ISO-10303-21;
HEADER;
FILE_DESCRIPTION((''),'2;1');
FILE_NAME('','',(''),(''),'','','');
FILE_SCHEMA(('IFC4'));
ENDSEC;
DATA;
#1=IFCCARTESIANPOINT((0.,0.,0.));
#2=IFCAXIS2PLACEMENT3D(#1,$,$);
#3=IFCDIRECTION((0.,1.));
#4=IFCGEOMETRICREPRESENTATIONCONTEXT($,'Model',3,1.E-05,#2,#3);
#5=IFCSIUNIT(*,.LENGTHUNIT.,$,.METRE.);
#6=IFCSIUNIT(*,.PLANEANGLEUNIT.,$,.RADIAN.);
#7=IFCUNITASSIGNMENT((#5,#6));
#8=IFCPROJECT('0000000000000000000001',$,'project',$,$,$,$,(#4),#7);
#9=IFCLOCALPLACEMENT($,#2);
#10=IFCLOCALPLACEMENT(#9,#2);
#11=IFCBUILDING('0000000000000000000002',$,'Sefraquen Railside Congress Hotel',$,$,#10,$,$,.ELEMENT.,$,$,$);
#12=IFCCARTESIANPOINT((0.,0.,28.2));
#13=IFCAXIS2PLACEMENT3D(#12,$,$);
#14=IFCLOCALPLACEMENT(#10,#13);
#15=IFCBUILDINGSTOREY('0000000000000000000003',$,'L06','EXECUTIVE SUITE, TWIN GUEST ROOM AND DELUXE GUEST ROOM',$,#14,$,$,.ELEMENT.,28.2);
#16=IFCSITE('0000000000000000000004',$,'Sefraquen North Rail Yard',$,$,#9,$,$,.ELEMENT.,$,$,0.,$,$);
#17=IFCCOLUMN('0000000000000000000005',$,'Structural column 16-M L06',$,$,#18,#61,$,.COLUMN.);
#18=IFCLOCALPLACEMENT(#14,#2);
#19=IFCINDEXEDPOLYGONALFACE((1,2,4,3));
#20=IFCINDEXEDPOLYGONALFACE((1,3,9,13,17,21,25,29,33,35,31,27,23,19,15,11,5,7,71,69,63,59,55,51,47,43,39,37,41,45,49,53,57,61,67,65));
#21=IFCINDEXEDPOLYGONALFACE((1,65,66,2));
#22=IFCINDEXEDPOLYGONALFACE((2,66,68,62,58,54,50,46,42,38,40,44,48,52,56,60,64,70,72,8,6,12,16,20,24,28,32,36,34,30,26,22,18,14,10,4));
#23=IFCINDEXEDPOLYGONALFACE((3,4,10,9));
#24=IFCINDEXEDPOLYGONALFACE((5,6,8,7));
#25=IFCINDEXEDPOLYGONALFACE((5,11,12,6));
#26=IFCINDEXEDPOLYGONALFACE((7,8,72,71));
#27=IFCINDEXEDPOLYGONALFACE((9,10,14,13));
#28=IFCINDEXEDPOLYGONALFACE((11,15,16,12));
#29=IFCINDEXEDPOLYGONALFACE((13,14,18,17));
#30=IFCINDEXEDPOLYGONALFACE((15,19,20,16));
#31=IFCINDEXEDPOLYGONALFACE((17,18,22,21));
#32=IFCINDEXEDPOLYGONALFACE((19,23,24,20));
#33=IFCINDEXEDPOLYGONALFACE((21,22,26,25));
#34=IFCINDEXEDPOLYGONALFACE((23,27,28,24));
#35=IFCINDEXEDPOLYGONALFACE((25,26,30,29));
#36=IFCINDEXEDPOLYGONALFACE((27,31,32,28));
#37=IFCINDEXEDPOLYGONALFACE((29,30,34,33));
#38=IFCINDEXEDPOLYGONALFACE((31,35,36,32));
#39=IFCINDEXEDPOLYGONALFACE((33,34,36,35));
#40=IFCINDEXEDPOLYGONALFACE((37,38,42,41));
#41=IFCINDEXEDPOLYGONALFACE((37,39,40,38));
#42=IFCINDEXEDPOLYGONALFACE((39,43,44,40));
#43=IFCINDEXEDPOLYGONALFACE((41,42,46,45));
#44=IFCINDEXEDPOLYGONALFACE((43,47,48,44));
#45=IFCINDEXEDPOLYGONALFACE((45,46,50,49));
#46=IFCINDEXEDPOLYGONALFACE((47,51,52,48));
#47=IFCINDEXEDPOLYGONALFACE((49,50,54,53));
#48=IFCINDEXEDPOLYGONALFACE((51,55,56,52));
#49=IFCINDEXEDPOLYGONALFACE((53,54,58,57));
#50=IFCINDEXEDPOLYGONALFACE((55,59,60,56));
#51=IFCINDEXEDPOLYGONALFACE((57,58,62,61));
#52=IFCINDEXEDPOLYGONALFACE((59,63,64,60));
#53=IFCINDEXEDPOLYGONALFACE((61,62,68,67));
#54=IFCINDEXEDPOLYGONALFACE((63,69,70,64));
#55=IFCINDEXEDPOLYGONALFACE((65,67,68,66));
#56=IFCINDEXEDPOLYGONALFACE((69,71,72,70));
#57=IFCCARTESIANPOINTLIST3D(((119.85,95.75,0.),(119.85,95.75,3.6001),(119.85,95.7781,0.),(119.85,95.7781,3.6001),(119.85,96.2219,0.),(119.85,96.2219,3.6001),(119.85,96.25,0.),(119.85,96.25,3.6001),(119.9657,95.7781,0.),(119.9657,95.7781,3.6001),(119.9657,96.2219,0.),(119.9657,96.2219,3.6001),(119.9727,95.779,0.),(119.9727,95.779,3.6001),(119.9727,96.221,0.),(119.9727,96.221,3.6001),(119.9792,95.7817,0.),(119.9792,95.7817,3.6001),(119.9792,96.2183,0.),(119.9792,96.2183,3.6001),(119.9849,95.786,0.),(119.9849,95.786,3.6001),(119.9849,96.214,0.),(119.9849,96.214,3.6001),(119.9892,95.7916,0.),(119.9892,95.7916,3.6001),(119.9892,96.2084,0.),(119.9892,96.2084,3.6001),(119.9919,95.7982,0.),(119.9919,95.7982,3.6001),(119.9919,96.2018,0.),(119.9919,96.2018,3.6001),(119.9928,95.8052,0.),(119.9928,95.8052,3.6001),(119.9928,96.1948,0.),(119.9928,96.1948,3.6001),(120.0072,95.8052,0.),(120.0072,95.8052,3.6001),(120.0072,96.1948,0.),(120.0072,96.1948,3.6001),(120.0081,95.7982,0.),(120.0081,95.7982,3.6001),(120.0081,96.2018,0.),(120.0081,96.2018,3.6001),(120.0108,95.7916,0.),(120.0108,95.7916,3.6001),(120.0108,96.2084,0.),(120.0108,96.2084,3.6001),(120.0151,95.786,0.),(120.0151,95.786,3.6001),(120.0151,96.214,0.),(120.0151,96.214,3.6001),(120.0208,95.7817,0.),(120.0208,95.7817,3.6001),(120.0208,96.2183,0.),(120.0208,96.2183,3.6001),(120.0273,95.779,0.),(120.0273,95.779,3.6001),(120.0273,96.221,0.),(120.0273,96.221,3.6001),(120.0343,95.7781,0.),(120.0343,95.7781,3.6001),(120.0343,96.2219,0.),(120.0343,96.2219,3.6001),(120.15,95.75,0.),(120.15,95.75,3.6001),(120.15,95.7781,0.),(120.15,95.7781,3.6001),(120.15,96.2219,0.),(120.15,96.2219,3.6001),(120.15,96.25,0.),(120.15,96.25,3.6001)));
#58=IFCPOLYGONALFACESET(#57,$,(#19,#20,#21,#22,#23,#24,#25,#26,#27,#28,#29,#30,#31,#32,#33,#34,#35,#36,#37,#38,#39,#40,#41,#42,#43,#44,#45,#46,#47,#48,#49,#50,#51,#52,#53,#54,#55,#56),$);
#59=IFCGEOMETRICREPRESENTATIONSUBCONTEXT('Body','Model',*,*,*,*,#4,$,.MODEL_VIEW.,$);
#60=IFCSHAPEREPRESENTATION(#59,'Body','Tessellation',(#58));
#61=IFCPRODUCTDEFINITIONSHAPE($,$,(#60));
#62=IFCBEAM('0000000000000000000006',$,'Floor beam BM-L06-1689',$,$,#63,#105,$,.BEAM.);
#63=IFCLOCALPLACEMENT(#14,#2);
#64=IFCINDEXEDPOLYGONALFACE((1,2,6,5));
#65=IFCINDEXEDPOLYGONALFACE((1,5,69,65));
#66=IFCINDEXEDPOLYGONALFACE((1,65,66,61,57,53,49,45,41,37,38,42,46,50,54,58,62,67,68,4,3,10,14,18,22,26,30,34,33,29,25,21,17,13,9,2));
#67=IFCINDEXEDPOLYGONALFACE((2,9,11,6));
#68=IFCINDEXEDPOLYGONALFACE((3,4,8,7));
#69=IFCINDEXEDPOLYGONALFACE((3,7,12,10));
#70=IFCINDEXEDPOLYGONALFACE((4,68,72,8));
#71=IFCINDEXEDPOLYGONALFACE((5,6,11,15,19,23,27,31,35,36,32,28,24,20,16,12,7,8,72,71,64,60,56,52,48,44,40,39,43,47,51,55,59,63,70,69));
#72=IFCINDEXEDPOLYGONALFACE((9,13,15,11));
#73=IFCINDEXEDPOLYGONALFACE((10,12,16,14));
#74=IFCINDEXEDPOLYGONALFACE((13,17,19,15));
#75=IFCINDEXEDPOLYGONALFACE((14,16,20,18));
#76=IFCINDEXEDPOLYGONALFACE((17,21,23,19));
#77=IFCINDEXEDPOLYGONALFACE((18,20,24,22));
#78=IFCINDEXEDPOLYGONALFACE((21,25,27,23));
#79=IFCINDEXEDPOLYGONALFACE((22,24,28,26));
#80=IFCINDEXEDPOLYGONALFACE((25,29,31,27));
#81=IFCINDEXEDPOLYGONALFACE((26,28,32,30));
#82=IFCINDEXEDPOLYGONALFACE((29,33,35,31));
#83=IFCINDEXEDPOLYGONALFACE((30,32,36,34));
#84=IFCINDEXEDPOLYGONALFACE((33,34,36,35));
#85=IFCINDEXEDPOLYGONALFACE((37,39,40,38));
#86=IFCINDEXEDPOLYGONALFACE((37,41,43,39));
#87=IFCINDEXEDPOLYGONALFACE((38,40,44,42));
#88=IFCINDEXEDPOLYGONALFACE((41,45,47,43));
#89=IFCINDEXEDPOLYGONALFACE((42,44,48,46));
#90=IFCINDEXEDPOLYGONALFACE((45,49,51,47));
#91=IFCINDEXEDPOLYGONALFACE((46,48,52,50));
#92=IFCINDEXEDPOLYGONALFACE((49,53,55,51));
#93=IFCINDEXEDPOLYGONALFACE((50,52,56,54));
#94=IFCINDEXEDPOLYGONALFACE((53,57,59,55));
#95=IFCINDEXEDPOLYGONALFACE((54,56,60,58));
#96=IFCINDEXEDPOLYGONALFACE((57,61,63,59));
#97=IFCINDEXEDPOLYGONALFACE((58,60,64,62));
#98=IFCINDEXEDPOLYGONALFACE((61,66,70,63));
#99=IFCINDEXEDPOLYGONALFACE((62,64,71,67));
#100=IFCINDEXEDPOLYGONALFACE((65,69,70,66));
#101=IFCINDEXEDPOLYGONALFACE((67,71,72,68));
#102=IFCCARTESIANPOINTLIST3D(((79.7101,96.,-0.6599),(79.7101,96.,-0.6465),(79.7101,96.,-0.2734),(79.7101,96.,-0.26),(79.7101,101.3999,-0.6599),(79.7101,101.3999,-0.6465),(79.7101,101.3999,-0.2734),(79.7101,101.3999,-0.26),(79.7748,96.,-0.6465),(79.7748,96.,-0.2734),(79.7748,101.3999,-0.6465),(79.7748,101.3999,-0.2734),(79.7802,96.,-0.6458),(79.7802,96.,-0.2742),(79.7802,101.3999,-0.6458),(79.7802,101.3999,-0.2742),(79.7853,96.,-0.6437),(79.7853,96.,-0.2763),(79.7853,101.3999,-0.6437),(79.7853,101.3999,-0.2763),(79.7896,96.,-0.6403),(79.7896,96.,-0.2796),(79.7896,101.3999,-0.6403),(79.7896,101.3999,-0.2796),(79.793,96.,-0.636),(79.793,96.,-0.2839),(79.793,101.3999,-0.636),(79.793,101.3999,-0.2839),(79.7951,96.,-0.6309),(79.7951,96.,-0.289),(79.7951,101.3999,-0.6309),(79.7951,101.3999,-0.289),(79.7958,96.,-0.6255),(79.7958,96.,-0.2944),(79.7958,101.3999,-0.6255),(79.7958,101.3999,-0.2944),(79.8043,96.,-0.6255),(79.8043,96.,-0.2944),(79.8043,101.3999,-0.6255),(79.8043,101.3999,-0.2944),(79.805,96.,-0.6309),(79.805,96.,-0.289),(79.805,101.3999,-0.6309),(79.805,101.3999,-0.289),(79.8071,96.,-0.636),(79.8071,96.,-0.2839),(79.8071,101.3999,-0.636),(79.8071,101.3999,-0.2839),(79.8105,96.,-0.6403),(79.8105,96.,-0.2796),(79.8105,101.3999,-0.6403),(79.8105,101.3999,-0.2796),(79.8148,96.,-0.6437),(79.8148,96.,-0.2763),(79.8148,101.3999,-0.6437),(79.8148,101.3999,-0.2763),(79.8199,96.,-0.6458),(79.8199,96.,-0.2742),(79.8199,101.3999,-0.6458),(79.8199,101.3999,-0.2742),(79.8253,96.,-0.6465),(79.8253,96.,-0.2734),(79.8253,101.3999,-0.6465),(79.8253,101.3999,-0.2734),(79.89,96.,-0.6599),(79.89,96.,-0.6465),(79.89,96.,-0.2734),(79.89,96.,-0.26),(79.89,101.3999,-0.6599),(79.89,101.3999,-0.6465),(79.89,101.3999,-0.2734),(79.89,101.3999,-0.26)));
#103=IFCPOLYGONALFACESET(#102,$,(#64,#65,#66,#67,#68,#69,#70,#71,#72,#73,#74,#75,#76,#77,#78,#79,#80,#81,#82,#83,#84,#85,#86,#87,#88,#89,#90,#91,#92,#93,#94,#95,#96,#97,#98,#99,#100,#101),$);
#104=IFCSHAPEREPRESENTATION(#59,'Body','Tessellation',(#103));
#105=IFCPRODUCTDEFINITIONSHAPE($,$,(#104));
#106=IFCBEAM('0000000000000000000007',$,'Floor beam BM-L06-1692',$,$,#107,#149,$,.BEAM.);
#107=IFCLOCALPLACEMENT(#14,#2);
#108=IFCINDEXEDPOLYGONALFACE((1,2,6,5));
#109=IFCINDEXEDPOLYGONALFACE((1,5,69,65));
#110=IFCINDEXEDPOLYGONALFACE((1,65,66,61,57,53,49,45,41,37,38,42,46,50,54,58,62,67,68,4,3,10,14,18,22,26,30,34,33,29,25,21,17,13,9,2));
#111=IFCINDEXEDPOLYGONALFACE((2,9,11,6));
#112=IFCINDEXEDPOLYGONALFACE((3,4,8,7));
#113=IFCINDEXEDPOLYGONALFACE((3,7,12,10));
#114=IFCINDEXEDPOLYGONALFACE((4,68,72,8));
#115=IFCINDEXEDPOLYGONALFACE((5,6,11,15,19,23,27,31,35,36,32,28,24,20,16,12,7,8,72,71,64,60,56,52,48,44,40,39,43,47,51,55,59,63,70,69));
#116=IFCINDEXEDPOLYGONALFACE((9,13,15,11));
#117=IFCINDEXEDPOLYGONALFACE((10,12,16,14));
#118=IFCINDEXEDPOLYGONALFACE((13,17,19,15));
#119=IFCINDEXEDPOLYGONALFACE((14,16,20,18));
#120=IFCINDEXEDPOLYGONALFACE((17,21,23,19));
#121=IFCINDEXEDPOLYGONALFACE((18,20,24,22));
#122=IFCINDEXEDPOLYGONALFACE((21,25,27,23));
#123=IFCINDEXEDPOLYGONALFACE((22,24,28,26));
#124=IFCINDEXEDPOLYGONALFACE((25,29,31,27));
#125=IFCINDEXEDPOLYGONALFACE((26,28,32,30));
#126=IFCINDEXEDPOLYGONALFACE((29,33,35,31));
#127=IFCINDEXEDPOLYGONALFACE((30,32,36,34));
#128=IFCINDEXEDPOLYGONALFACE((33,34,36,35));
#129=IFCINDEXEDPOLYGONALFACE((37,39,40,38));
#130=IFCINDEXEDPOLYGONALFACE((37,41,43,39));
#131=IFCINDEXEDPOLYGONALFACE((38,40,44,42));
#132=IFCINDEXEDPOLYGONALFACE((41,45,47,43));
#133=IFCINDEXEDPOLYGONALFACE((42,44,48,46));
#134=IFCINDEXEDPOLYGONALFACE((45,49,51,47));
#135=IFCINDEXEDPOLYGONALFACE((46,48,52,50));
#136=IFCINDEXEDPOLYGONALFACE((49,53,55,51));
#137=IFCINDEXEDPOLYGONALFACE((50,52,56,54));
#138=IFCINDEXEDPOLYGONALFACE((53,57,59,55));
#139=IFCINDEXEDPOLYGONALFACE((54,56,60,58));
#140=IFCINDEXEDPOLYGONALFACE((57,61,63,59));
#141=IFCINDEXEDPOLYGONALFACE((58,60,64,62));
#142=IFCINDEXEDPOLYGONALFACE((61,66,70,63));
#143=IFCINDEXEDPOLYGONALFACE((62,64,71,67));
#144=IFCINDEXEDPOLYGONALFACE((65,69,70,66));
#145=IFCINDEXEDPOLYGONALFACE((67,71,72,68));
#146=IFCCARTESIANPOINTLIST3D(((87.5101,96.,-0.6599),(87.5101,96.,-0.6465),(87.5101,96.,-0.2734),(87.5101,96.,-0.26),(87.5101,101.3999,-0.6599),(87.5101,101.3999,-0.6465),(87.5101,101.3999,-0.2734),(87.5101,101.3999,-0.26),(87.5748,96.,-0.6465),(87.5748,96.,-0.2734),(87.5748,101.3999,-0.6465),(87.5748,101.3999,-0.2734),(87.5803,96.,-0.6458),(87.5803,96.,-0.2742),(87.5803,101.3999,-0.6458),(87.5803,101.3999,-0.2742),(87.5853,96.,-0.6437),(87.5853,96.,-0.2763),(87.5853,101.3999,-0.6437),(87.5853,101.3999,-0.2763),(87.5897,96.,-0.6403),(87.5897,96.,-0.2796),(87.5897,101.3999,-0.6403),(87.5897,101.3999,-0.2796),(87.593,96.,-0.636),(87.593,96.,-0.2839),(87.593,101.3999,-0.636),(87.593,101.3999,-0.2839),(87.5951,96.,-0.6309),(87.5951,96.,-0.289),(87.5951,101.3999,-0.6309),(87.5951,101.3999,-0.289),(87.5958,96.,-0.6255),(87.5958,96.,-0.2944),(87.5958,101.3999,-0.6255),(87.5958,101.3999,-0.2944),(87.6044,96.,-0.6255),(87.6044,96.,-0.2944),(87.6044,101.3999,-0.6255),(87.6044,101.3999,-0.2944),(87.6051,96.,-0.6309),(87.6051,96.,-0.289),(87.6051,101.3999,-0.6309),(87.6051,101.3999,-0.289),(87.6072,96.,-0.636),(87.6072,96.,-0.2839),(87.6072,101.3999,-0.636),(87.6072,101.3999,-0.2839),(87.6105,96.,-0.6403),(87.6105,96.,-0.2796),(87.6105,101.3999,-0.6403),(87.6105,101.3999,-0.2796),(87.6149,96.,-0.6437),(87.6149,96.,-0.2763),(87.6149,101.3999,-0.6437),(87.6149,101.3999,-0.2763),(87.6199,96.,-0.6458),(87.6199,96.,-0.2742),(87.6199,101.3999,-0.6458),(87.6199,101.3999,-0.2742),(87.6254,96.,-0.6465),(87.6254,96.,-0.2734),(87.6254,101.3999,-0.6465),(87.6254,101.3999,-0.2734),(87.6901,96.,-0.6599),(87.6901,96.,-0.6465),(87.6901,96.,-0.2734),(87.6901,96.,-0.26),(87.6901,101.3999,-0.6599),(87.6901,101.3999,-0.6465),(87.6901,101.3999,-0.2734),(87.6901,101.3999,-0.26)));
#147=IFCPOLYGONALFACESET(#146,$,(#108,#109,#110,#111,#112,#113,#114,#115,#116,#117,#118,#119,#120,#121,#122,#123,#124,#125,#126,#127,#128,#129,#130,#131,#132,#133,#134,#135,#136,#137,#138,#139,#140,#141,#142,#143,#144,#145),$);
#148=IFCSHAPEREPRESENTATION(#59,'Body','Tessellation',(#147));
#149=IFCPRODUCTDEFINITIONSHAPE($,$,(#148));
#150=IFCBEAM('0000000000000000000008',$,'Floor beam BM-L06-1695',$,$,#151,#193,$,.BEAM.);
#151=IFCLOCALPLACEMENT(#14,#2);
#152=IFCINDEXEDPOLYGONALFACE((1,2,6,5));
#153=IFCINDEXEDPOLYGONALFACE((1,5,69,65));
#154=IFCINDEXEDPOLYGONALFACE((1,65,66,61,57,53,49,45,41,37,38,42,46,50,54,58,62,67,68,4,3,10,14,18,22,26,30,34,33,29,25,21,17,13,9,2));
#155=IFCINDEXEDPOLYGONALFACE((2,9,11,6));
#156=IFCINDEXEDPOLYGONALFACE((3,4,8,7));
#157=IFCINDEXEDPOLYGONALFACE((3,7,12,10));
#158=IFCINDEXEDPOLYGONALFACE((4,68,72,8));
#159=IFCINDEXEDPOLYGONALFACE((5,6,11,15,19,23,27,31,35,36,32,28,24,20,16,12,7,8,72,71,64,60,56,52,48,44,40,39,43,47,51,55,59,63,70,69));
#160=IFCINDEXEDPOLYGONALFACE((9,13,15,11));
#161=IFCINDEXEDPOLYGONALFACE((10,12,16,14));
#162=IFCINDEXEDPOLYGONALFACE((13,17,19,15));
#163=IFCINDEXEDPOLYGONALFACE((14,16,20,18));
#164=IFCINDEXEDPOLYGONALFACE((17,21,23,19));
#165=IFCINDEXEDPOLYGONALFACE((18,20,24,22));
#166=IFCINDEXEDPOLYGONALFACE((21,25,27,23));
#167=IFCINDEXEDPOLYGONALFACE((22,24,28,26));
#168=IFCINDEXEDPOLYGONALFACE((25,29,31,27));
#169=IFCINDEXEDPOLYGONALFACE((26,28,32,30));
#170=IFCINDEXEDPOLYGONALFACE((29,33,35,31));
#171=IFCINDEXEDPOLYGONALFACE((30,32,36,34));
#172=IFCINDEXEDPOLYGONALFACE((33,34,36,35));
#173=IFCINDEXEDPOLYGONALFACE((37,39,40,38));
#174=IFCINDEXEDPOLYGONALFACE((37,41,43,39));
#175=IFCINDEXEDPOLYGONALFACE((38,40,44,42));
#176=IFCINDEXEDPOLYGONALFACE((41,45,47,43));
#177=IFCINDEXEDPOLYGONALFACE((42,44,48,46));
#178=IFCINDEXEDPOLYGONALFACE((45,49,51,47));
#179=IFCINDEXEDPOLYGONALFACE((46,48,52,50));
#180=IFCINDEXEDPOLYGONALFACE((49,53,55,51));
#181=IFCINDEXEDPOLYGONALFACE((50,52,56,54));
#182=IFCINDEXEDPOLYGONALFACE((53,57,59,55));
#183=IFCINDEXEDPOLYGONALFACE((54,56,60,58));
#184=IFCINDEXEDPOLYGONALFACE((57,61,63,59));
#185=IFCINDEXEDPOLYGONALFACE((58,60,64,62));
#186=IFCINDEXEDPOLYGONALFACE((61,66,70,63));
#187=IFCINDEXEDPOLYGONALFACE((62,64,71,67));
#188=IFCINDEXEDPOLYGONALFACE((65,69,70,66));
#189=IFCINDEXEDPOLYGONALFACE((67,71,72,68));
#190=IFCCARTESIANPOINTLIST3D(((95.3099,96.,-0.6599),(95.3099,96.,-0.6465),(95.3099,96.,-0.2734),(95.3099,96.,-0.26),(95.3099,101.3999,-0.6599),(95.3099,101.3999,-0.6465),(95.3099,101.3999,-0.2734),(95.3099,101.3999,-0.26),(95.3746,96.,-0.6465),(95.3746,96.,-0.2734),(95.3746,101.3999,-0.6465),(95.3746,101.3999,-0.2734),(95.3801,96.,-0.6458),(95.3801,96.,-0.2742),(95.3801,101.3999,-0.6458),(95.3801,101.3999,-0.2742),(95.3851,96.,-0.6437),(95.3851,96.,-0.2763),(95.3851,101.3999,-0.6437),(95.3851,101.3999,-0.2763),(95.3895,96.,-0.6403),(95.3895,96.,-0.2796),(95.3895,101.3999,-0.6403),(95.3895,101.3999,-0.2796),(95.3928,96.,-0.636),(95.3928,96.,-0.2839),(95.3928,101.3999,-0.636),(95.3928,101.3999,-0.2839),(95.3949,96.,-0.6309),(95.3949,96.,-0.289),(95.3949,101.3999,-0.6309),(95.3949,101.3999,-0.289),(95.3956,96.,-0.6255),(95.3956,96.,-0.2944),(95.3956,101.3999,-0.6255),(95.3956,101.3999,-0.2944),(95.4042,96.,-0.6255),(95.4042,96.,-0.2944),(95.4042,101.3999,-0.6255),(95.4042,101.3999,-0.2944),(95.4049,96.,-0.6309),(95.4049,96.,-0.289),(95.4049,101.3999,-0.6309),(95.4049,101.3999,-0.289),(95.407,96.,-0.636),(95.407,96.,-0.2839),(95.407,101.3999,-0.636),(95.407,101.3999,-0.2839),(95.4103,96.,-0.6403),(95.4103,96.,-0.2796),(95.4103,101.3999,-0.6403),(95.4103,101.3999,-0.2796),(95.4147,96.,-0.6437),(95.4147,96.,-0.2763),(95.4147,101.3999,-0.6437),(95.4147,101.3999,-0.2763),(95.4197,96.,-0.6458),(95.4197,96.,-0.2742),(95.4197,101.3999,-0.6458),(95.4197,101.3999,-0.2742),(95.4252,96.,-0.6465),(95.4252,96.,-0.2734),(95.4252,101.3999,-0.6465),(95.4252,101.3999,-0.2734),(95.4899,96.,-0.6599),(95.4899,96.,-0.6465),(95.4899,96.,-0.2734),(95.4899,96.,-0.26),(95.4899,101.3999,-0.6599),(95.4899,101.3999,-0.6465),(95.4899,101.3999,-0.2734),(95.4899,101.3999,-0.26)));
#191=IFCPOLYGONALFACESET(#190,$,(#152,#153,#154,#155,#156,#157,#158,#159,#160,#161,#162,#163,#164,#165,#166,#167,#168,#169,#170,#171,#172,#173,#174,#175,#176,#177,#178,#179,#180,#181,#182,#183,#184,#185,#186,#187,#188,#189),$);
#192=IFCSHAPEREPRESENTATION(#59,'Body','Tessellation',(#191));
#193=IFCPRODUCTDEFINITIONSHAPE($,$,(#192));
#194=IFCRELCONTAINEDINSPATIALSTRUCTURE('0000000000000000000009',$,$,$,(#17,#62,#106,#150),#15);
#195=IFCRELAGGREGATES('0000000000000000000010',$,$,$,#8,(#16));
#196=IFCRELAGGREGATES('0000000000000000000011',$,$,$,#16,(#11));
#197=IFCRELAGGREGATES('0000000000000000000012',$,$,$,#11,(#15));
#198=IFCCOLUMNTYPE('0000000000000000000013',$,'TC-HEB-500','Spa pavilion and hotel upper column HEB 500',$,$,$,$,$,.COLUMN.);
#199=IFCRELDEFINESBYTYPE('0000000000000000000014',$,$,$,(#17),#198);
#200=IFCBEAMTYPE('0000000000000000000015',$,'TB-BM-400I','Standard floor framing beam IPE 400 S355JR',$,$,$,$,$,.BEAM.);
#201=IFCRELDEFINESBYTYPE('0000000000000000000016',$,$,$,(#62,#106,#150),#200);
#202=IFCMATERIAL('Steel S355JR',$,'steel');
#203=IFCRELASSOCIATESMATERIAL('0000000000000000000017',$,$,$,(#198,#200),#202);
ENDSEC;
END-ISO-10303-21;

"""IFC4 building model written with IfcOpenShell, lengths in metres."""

from ifc_helpers import new_model, si_unit, direction, frame, origin, origin_2d, place, context, subcontext, project, spatial, i_section, extrude, material, material_profile, profile_set, type_object, element, save


model = new_model("IFC4")

# Units and contexts
model_context = context("Model", 3, precision=1e-05, world=origin(), true_north=direction((0.0, 1.0)))
body_context = subcontext(model_context, "Body", "Model", "MODEL_VIEW")
ifc_project = project(units=[si_unit("LENGTHUNIT", "METRE"), si_unit("PLANEANGLEUNIT", "RADIAN")], contexts=[model_context])

# Site, building, storey
site_placement = place(None, origin())
site = spatial("IfcSite", under=ifc_project, at=site_placement, Name="Sefraquen North Rail Yard", CompositionType="ELEMENT", RefElevation=0.0)
building_placement = place(site_placement, origin())
building = spatial("IfcBuilding", under=site, at=building_placement, Name="Sefraquen Railside Congress Hotel", CompositionType="ELEMENT")
storey_placement = place(building_placement, frame((0.0, 0.0, 28.2)))
storey = spatial("IfcBuildingStorey", under=building, at=storey_placement, Name="L06", Description="EXECUTIVE SUITE, TWIN GUEST ROOM AND DELUXE GUEST ROOM", CompositionType="ELEMENT", Elevation=28.2)

# Column
ifc_material_1 = material(Name="Steel S355JR", Category="steel")
ifc_material_profile_1 = material_profile(ifc_material_1, i_section(OverallWidth=0.3, OverallDepth=0.5, WebThickness=0.0144, FlangeThickness=0.0281, FilletRadius=0.0271, at=origin_2d()), Name="HEB 500")
ifc_profile_set_1 = profile_set([ifc_material_profile_1], Name="Steel S355JR")
column_type = type_object("IfcColumnType", Name="TC-HEB-500", Description="Spa pavilion and hotel upper column HEB 500", PredefinedType="COLUMN", material=ifc_profile_set_1)
for number, where, z_axis, x_axis, name in (
    (1, (120.0, 96.0, 0.0), (0.0, 0.0, 1.0), (1.0, 0.0, 0.0), "Structural column 16-M L06"),
):
    element("IfcColumn", number, at=place(storey_placement, frame(where, z_axis=z_axis, x_axis=x_axis)), inside=storey, type_object=column_type, Name=name, PredefinedType="COLUMN", context=body_context, shape_type="SweptSolid", body=[
        extrude(i_section(OverallWidth=0.3, OverallDepth=0.5, WebThickness=0.0144, FlangeThickness=0.0281, FilletRadius=0.0271, at=origin_2d()), origin(), (0.0, 0.0, 1.0), 3.6001),
    ])

# Beams
ifc_material_profile_2 = material_profile(ifc_material_1, i_section(OverallWidth=0.1799, OverallDepth=0.3999, WebThickness=0.0085, FlangeThickness=0.0134, FilletRadius=0.021, at=origin_2d()), Name="IPE 400")
ifc_profile_set_2 = profile_set([ifc_material_profile_2], Name="Steel S355JR")
beam_type_1 = type_object("IfcBeamType", Name="TB-BM-400I", Description="Standard floor framing beam IPE 400 S355JR", PredefinedType="BEAM", material=ifc_profile_set_2)
for number, where, z_axis, x_axis, name in (
    (2, (79.8, 96.0, -0.46), (0.0, 1.0, 0.0), (-1.0, 0.0, 0.0), "Floor beam BM-L06-1689"),
    (3, (87.6001, 96.0, -0.46), (0.0, 1.0, 0.0), (-1.0, 0.0, 0.0), "Floor beam BM-L06-1692"),
    (4, (95.3999, 96.0, -0.46), (0.0, 1.0, 0.0), (-1.0, 0.0, 0.0), "Floor beam BM-L06-1695"),
):
    element("IfcBeam", number, at=place(storey_placement, frame(where, z_axis=z_axis, x_axis=x_axis)), inside=storey, type_object=beam_type_1, Name=name, PredefinedType="BEAM", context=body_context, shape_type="SweptSolid", body=[
        extrude(i_section(OverallWidth=0.1799, OverallDepth=0.3999, WebThickness=0.0085, FlangeThickness=0.0134, FilletRadius=0.021, at=origin_2d()), origin(), (0.0, 0.0, 1.0), 5.3999),
    ])

save(model, "model.ifc")
